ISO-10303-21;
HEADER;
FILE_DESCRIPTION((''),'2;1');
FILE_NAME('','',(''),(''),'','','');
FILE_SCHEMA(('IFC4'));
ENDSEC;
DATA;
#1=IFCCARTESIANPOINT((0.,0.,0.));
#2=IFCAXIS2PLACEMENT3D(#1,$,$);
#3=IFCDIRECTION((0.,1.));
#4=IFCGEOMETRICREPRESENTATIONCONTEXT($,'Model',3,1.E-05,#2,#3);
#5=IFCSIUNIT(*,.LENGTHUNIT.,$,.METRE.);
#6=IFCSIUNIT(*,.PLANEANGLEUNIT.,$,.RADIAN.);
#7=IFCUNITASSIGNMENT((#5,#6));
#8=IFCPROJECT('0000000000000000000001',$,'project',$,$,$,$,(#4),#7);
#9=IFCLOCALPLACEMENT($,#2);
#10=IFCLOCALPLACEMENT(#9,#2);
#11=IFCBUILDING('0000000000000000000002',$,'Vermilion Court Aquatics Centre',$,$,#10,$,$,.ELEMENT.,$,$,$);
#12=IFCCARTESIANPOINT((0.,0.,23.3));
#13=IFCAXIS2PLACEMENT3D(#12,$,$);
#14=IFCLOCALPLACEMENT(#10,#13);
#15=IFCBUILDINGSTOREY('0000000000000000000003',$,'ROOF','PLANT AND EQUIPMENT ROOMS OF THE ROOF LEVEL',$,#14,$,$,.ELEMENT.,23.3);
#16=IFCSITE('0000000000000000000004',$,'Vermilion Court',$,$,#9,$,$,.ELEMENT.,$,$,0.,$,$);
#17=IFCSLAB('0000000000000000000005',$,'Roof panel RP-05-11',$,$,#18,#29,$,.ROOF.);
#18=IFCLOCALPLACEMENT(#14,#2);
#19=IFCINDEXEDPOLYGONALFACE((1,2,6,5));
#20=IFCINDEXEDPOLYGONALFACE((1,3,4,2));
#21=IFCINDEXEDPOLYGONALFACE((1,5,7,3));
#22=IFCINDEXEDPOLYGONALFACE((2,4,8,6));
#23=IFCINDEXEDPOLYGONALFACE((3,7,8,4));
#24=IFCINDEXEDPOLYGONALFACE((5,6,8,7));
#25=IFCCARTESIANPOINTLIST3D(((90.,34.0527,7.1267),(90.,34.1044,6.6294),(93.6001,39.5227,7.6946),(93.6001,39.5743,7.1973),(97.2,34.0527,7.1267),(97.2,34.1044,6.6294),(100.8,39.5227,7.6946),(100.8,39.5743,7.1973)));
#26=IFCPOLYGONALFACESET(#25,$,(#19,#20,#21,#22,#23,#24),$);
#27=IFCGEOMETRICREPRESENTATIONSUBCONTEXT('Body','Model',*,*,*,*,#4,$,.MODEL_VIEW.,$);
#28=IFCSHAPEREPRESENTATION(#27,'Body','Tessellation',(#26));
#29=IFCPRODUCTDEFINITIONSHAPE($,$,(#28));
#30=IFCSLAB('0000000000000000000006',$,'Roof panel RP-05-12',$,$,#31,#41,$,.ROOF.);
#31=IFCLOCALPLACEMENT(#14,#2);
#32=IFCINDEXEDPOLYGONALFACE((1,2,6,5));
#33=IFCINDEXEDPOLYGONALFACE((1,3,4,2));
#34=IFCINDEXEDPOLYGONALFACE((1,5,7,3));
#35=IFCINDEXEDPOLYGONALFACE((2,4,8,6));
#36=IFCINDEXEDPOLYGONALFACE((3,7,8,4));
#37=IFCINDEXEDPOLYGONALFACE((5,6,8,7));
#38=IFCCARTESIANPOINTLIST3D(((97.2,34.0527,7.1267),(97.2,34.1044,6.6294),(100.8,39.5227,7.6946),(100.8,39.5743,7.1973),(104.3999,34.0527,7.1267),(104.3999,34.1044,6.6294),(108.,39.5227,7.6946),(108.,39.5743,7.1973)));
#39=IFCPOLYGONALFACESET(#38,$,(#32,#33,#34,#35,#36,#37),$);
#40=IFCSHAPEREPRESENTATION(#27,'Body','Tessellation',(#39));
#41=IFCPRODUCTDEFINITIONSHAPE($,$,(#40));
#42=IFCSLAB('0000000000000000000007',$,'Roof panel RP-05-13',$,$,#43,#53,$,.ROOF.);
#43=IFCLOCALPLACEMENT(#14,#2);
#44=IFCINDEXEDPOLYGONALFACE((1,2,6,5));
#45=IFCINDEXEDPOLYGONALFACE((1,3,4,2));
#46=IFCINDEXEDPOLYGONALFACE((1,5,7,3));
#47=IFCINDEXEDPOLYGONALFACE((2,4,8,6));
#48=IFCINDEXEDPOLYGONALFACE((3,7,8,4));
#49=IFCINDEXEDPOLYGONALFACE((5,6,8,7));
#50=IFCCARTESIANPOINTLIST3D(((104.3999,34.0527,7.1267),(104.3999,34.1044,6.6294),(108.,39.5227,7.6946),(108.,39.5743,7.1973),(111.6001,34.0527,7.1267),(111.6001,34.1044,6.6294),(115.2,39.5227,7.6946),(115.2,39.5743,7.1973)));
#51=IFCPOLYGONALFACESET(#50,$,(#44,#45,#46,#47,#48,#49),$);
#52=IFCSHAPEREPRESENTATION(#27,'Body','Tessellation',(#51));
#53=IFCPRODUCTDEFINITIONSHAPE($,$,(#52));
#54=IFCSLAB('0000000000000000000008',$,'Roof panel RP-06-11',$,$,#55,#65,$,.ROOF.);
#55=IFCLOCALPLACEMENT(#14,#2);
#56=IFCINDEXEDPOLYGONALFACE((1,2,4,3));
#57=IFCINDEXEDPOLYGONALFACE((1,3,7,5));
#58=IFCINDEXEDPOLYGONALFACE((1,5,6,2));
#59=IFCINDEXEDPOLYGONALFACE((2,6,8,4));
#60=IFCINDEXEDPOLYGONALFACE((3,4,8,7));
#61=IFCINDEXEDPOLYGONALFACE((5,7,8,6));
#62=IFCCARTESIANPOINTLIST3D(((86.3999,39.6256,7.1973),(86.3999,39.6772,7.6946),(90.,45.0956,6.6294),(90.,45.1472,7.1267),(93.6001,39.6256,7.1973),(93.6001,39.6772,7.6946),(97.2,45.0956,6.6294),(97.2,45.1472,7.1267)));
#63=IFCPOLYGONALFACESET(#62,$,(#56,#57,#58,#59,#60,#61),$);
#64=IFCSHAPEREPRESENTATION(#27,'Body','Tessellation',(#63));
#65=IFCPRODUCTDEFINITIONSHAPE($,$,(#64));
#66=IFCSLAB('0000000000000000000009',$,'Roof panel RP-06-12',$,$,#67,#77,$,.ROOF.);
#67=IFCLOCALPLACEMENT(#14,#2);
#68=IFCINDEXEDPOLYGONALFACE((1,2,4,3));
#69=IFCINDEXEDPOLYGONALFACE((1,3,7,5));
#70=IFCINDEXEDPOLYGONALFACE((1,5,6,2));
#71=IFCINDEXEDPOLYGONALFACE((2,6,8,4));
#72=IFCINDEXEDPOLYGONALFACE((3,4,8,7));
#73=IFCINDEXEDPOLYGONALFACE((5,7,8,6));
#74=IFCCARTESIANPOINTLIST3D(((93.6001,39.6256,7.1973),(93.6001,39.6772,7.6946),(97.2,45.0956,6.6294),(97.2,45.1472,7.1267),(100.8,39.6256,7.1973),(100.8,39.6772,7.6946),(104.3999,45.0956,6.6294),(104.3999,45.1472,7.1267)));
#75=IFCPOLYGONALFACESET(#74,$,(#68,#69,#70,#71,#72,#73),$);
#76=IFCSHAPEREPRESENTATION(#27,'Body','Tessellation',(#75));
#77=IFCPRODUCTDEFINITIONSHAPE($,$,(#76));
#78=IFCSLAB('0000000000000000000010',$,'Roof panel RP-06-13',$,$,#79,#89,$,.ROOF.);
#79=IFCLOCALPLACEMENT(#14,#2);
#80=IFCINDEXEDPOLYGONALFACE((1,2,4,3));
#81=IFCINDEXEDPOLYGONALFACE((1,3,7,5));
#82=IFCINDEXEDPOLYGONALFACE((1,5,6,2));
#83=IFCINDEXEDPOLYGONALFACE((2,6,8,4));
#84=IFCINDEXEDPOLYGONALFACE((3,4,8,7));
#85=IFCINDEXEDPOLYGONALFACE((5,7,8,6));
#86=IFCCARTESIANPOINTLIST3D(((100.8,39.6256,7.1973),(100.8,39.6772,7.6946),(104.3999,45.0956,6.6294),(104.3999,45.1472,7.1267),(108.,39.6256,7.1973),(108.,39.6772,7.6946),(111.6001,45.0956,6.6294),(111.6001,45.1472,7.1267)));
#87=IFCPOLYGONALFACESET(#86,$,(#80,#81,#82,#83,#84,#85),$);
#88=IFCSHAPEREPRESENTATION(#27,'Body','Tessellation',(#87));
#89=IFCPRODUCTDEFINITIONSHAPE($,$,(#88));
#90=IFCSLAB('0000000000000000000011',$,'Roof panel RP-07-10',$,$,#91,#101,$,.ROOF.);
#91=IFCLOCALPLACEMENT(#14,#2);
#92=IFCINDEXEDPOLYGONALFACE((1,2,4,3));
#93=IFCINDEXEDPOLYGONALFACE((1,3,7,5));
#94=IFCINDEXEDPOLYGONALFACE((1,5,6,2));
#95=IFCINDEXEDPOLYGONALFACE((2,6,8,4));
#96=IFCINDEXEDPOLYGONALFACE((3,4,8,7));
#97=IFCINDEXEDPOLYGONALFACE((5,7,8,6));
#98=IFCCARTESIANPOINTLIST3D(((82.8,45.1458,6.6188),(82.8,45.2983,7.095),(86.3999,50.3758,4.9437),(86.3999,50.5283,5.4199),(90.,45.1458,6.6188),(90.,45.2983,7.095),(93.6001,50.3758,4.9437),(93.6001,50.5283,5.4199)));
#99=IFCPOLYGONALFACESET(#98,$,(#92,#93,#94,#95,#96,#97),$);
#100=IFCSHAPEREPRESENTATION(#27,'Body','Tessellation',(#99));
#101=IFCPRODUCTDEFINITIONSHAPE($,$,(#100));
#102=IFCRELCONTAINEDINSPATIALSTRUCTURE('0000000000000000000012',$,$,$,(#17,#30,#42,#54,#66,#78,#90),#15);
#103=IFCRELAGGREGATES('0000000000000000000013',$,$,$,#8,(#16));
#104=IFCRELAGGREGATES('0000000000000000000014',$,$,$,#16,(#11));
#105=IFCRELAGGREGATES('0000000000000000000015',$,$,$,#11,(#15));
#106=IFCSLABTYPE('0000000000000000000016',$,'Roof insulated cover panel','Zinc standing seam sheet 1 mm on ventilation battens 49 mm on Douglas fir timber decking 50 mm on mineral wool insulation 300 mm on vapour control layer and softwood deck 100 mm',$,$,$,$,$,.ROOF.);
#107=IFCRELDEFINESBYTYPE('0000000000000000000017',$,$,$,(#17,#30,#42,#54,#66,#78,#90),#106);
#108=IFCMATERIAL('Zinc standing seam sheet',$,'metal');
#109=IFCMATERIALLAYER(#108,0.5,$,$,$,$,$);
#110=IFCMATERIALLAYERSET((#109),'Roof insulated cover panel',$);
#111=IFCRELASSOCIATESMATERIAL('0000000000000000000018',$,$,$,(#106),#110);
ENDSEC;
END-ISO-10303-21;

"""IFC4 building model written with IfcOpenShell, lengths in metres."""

from ifc_helpers import new_model, si_unit, direction, frame, origin, place, context, subcontext, project, spatial, polyline, outline, extrude, material, layer, layer_set, type_object, element, save


model = new_model("IFC4")

# Units and contexts
model_context = context("Model", 3, precision=1e-05, world=origin(), true_north=direction((0.0, 1.0)))
body_context = subcontext(model_context, "Body", "Model", "MODEL_VIEW")
ifc_project = project(units=[si_unit("LENGTHUNIT", "METRE"), si_unit("PLANEANGLEUNIT", "RADIAN")], contexts=[model_context])

# Site, building, storey
site_placement = place(None, origin())
site = spatial("IfcSite", under=ifc_project, at=site_placement, Name="Vermilion Court", CompositionType="ELEMENT", RefElevation=0.0)
building_placement = place(site_placement, origin())
building = spatial("IfcBuilding", under=site, at=building_placement, Name="Vermilion Court Aquatics Centre", CompositionType="ELEMENT")
storey_placement = place(building_placement, frame((0.0, 0.0, 23.3)))
storey = spatial("IfcBuildingStorey", under=building, at=storey_placement, Name="ROOF", Description="PLANT AND EQUIPMENT ROOMS OF THE ROOF LEVEL", CompositionType="ELEMENT", Elevation=23.3)

# Slabs
ifc_material_1 = material(Name="Zinc standing seam sheet", Category="metal")
ifc_layer_1 = layer(ifc_material_1, 0.5)
ifc_layer_set_1 = layer_set([ifc_layer_1], Name="Roof insulated cover panel")
slab_type_1 = type_object("IfcSlabType", Name="Roof insulated cover panel", Description="Zinc standing seam sheet 1 mm on ventilation battens 49 mm on Douglas fir timber decking 50 mm on mineral wool insulation 300 mm on vapour control layer and softwood deck 100 mm", PredefinedType="ROOF", material=ifc_layer_set_1)
for number, where, z_axis, x_axis, name in (
    (1, (90.0, 34.0527, 7.1267), (0.0, -0.103261, 0.994654), (1.0, 0.0, 0.0), "Roof panel RP-05-11"),
    (2, (97.2, 34.0527, 7.1267), (0.0, -0.103261, 0.994654), (1.0, 0.0, 0.0), "Roof panel RP-05-12"),
):
    element("IfcSlab", number, at=place(storey_placement, frame(where, z_axis=z_axis, x_axis=x_axis)), inside=storey, type_object=slab_type_1, Name=name, PredefinedType="ROOF", context=body_context, shape_type="SweptSolid", body=[
        extrude(outline(polyline([(0.0, 0.0), (7.2, 0.0), (10.8, 5.4994), (3.6001, 5.4994), (0.0, 0.0)])), origin(), (0.0, 0.0, -1.0), 0.5),
    ])
for number, where, z_axis, x_axis, name in (
    (3, (104.3999, 34.0527, 7.1267), (0.0, -0.103261, 0.994654), (1.0, 0.0, 0.0), "Roof panel RP-05-13"),
    (4, (86.3999, 39.6772, 7.6946), (0.0, 0.103261, 0.994654), (1.0, 0.0, 0.0), "Roof panel RP-06-11"),
):
    element("IfcSlab", number, at=place(storey_placement, frame(where, z_axis=z_axis, x_axis=x_axis)), inside=storey, type_object=slab_type_1, Name=name, PredefinedType="ROOF", context=body_context, shape_type="SweptSolid", body=[
        extrude(outline(polyline([(0.0, 0.0), (7.2002, 0.0), (10.8, 5.4994), (3.6001, 5.4994), (0.0, 0.0)])), origin(), (0.0, 0.0, -1.0), 0.5),
    ])
slab_1_placement = place(storey_placement, frame((93.6001, 39.6772, 7.6946), z_axis=(0.0, 0.103261, 0.994654), x_axis=(1.0, 0.0, 0.0)))
element("IfcSlab", 5, at=slab_1_placement, inside=storey, type_object=slab_type_1, Name="Roof panel RP-06-12", PredefinedType="ROOF", context=body_context, shape_type="SweptSolid", body=[
    extrude(outline(polyline([(0.0, 0.0), (7.2, 0.0), (10.7998, 5.4994), (3.5999, 5.4994), (0.0, 0.0)])), origin(), (0.0, 0.0, -1.0), 0.5),
])
slab_2_placement = place(storey_placement, frame((100.8, 39.6772, 7.6946), z_axis=(0.0, 0.103261, 0.994654), x_axis=(1.0, 0.0, 0.0)))
element("IfcSlab", 6, at=slab_2_placement, inside=storey, type_object=slab_type_1, Name="Roof panel RP-06-13", PredefinedType="ROOF", context=body_context, shape_type="SweptSolid", body=[
    extrude(outline(polyline([(0.0, 0.0), (7.2, 0.0), (10.8, 5.4994), (3.5999, 5.4994), (0.0, 0.0)])), origin(), (0.0, 0.0, -1.0), 0.5),
])
slab_3_placement = place(storey_placement, frame((82.8, 45.2983, 7.095), z_axis=(0.0, 0.305016, 0.952347), x_axis=(1.0, 0.0, 0.0)))
element("IfcSlab", 7, at=slab_3_placement, inside=storey, type_object=slab_type_1, Name="Roof panel RP-07-10", PredefinedType="ROOF", context=body_context, shape_type="SweptSolid", body=[
    extrude(outline(polyline([(0.0, 0.0), (7.2, 0.0), (10.8, 5.4917), (3.5999, 5.4917), (0.0, 0.0)])), origin(), (0.0, 0.0, -1.0), 0.5),
])

save(model, "model.ifc")
